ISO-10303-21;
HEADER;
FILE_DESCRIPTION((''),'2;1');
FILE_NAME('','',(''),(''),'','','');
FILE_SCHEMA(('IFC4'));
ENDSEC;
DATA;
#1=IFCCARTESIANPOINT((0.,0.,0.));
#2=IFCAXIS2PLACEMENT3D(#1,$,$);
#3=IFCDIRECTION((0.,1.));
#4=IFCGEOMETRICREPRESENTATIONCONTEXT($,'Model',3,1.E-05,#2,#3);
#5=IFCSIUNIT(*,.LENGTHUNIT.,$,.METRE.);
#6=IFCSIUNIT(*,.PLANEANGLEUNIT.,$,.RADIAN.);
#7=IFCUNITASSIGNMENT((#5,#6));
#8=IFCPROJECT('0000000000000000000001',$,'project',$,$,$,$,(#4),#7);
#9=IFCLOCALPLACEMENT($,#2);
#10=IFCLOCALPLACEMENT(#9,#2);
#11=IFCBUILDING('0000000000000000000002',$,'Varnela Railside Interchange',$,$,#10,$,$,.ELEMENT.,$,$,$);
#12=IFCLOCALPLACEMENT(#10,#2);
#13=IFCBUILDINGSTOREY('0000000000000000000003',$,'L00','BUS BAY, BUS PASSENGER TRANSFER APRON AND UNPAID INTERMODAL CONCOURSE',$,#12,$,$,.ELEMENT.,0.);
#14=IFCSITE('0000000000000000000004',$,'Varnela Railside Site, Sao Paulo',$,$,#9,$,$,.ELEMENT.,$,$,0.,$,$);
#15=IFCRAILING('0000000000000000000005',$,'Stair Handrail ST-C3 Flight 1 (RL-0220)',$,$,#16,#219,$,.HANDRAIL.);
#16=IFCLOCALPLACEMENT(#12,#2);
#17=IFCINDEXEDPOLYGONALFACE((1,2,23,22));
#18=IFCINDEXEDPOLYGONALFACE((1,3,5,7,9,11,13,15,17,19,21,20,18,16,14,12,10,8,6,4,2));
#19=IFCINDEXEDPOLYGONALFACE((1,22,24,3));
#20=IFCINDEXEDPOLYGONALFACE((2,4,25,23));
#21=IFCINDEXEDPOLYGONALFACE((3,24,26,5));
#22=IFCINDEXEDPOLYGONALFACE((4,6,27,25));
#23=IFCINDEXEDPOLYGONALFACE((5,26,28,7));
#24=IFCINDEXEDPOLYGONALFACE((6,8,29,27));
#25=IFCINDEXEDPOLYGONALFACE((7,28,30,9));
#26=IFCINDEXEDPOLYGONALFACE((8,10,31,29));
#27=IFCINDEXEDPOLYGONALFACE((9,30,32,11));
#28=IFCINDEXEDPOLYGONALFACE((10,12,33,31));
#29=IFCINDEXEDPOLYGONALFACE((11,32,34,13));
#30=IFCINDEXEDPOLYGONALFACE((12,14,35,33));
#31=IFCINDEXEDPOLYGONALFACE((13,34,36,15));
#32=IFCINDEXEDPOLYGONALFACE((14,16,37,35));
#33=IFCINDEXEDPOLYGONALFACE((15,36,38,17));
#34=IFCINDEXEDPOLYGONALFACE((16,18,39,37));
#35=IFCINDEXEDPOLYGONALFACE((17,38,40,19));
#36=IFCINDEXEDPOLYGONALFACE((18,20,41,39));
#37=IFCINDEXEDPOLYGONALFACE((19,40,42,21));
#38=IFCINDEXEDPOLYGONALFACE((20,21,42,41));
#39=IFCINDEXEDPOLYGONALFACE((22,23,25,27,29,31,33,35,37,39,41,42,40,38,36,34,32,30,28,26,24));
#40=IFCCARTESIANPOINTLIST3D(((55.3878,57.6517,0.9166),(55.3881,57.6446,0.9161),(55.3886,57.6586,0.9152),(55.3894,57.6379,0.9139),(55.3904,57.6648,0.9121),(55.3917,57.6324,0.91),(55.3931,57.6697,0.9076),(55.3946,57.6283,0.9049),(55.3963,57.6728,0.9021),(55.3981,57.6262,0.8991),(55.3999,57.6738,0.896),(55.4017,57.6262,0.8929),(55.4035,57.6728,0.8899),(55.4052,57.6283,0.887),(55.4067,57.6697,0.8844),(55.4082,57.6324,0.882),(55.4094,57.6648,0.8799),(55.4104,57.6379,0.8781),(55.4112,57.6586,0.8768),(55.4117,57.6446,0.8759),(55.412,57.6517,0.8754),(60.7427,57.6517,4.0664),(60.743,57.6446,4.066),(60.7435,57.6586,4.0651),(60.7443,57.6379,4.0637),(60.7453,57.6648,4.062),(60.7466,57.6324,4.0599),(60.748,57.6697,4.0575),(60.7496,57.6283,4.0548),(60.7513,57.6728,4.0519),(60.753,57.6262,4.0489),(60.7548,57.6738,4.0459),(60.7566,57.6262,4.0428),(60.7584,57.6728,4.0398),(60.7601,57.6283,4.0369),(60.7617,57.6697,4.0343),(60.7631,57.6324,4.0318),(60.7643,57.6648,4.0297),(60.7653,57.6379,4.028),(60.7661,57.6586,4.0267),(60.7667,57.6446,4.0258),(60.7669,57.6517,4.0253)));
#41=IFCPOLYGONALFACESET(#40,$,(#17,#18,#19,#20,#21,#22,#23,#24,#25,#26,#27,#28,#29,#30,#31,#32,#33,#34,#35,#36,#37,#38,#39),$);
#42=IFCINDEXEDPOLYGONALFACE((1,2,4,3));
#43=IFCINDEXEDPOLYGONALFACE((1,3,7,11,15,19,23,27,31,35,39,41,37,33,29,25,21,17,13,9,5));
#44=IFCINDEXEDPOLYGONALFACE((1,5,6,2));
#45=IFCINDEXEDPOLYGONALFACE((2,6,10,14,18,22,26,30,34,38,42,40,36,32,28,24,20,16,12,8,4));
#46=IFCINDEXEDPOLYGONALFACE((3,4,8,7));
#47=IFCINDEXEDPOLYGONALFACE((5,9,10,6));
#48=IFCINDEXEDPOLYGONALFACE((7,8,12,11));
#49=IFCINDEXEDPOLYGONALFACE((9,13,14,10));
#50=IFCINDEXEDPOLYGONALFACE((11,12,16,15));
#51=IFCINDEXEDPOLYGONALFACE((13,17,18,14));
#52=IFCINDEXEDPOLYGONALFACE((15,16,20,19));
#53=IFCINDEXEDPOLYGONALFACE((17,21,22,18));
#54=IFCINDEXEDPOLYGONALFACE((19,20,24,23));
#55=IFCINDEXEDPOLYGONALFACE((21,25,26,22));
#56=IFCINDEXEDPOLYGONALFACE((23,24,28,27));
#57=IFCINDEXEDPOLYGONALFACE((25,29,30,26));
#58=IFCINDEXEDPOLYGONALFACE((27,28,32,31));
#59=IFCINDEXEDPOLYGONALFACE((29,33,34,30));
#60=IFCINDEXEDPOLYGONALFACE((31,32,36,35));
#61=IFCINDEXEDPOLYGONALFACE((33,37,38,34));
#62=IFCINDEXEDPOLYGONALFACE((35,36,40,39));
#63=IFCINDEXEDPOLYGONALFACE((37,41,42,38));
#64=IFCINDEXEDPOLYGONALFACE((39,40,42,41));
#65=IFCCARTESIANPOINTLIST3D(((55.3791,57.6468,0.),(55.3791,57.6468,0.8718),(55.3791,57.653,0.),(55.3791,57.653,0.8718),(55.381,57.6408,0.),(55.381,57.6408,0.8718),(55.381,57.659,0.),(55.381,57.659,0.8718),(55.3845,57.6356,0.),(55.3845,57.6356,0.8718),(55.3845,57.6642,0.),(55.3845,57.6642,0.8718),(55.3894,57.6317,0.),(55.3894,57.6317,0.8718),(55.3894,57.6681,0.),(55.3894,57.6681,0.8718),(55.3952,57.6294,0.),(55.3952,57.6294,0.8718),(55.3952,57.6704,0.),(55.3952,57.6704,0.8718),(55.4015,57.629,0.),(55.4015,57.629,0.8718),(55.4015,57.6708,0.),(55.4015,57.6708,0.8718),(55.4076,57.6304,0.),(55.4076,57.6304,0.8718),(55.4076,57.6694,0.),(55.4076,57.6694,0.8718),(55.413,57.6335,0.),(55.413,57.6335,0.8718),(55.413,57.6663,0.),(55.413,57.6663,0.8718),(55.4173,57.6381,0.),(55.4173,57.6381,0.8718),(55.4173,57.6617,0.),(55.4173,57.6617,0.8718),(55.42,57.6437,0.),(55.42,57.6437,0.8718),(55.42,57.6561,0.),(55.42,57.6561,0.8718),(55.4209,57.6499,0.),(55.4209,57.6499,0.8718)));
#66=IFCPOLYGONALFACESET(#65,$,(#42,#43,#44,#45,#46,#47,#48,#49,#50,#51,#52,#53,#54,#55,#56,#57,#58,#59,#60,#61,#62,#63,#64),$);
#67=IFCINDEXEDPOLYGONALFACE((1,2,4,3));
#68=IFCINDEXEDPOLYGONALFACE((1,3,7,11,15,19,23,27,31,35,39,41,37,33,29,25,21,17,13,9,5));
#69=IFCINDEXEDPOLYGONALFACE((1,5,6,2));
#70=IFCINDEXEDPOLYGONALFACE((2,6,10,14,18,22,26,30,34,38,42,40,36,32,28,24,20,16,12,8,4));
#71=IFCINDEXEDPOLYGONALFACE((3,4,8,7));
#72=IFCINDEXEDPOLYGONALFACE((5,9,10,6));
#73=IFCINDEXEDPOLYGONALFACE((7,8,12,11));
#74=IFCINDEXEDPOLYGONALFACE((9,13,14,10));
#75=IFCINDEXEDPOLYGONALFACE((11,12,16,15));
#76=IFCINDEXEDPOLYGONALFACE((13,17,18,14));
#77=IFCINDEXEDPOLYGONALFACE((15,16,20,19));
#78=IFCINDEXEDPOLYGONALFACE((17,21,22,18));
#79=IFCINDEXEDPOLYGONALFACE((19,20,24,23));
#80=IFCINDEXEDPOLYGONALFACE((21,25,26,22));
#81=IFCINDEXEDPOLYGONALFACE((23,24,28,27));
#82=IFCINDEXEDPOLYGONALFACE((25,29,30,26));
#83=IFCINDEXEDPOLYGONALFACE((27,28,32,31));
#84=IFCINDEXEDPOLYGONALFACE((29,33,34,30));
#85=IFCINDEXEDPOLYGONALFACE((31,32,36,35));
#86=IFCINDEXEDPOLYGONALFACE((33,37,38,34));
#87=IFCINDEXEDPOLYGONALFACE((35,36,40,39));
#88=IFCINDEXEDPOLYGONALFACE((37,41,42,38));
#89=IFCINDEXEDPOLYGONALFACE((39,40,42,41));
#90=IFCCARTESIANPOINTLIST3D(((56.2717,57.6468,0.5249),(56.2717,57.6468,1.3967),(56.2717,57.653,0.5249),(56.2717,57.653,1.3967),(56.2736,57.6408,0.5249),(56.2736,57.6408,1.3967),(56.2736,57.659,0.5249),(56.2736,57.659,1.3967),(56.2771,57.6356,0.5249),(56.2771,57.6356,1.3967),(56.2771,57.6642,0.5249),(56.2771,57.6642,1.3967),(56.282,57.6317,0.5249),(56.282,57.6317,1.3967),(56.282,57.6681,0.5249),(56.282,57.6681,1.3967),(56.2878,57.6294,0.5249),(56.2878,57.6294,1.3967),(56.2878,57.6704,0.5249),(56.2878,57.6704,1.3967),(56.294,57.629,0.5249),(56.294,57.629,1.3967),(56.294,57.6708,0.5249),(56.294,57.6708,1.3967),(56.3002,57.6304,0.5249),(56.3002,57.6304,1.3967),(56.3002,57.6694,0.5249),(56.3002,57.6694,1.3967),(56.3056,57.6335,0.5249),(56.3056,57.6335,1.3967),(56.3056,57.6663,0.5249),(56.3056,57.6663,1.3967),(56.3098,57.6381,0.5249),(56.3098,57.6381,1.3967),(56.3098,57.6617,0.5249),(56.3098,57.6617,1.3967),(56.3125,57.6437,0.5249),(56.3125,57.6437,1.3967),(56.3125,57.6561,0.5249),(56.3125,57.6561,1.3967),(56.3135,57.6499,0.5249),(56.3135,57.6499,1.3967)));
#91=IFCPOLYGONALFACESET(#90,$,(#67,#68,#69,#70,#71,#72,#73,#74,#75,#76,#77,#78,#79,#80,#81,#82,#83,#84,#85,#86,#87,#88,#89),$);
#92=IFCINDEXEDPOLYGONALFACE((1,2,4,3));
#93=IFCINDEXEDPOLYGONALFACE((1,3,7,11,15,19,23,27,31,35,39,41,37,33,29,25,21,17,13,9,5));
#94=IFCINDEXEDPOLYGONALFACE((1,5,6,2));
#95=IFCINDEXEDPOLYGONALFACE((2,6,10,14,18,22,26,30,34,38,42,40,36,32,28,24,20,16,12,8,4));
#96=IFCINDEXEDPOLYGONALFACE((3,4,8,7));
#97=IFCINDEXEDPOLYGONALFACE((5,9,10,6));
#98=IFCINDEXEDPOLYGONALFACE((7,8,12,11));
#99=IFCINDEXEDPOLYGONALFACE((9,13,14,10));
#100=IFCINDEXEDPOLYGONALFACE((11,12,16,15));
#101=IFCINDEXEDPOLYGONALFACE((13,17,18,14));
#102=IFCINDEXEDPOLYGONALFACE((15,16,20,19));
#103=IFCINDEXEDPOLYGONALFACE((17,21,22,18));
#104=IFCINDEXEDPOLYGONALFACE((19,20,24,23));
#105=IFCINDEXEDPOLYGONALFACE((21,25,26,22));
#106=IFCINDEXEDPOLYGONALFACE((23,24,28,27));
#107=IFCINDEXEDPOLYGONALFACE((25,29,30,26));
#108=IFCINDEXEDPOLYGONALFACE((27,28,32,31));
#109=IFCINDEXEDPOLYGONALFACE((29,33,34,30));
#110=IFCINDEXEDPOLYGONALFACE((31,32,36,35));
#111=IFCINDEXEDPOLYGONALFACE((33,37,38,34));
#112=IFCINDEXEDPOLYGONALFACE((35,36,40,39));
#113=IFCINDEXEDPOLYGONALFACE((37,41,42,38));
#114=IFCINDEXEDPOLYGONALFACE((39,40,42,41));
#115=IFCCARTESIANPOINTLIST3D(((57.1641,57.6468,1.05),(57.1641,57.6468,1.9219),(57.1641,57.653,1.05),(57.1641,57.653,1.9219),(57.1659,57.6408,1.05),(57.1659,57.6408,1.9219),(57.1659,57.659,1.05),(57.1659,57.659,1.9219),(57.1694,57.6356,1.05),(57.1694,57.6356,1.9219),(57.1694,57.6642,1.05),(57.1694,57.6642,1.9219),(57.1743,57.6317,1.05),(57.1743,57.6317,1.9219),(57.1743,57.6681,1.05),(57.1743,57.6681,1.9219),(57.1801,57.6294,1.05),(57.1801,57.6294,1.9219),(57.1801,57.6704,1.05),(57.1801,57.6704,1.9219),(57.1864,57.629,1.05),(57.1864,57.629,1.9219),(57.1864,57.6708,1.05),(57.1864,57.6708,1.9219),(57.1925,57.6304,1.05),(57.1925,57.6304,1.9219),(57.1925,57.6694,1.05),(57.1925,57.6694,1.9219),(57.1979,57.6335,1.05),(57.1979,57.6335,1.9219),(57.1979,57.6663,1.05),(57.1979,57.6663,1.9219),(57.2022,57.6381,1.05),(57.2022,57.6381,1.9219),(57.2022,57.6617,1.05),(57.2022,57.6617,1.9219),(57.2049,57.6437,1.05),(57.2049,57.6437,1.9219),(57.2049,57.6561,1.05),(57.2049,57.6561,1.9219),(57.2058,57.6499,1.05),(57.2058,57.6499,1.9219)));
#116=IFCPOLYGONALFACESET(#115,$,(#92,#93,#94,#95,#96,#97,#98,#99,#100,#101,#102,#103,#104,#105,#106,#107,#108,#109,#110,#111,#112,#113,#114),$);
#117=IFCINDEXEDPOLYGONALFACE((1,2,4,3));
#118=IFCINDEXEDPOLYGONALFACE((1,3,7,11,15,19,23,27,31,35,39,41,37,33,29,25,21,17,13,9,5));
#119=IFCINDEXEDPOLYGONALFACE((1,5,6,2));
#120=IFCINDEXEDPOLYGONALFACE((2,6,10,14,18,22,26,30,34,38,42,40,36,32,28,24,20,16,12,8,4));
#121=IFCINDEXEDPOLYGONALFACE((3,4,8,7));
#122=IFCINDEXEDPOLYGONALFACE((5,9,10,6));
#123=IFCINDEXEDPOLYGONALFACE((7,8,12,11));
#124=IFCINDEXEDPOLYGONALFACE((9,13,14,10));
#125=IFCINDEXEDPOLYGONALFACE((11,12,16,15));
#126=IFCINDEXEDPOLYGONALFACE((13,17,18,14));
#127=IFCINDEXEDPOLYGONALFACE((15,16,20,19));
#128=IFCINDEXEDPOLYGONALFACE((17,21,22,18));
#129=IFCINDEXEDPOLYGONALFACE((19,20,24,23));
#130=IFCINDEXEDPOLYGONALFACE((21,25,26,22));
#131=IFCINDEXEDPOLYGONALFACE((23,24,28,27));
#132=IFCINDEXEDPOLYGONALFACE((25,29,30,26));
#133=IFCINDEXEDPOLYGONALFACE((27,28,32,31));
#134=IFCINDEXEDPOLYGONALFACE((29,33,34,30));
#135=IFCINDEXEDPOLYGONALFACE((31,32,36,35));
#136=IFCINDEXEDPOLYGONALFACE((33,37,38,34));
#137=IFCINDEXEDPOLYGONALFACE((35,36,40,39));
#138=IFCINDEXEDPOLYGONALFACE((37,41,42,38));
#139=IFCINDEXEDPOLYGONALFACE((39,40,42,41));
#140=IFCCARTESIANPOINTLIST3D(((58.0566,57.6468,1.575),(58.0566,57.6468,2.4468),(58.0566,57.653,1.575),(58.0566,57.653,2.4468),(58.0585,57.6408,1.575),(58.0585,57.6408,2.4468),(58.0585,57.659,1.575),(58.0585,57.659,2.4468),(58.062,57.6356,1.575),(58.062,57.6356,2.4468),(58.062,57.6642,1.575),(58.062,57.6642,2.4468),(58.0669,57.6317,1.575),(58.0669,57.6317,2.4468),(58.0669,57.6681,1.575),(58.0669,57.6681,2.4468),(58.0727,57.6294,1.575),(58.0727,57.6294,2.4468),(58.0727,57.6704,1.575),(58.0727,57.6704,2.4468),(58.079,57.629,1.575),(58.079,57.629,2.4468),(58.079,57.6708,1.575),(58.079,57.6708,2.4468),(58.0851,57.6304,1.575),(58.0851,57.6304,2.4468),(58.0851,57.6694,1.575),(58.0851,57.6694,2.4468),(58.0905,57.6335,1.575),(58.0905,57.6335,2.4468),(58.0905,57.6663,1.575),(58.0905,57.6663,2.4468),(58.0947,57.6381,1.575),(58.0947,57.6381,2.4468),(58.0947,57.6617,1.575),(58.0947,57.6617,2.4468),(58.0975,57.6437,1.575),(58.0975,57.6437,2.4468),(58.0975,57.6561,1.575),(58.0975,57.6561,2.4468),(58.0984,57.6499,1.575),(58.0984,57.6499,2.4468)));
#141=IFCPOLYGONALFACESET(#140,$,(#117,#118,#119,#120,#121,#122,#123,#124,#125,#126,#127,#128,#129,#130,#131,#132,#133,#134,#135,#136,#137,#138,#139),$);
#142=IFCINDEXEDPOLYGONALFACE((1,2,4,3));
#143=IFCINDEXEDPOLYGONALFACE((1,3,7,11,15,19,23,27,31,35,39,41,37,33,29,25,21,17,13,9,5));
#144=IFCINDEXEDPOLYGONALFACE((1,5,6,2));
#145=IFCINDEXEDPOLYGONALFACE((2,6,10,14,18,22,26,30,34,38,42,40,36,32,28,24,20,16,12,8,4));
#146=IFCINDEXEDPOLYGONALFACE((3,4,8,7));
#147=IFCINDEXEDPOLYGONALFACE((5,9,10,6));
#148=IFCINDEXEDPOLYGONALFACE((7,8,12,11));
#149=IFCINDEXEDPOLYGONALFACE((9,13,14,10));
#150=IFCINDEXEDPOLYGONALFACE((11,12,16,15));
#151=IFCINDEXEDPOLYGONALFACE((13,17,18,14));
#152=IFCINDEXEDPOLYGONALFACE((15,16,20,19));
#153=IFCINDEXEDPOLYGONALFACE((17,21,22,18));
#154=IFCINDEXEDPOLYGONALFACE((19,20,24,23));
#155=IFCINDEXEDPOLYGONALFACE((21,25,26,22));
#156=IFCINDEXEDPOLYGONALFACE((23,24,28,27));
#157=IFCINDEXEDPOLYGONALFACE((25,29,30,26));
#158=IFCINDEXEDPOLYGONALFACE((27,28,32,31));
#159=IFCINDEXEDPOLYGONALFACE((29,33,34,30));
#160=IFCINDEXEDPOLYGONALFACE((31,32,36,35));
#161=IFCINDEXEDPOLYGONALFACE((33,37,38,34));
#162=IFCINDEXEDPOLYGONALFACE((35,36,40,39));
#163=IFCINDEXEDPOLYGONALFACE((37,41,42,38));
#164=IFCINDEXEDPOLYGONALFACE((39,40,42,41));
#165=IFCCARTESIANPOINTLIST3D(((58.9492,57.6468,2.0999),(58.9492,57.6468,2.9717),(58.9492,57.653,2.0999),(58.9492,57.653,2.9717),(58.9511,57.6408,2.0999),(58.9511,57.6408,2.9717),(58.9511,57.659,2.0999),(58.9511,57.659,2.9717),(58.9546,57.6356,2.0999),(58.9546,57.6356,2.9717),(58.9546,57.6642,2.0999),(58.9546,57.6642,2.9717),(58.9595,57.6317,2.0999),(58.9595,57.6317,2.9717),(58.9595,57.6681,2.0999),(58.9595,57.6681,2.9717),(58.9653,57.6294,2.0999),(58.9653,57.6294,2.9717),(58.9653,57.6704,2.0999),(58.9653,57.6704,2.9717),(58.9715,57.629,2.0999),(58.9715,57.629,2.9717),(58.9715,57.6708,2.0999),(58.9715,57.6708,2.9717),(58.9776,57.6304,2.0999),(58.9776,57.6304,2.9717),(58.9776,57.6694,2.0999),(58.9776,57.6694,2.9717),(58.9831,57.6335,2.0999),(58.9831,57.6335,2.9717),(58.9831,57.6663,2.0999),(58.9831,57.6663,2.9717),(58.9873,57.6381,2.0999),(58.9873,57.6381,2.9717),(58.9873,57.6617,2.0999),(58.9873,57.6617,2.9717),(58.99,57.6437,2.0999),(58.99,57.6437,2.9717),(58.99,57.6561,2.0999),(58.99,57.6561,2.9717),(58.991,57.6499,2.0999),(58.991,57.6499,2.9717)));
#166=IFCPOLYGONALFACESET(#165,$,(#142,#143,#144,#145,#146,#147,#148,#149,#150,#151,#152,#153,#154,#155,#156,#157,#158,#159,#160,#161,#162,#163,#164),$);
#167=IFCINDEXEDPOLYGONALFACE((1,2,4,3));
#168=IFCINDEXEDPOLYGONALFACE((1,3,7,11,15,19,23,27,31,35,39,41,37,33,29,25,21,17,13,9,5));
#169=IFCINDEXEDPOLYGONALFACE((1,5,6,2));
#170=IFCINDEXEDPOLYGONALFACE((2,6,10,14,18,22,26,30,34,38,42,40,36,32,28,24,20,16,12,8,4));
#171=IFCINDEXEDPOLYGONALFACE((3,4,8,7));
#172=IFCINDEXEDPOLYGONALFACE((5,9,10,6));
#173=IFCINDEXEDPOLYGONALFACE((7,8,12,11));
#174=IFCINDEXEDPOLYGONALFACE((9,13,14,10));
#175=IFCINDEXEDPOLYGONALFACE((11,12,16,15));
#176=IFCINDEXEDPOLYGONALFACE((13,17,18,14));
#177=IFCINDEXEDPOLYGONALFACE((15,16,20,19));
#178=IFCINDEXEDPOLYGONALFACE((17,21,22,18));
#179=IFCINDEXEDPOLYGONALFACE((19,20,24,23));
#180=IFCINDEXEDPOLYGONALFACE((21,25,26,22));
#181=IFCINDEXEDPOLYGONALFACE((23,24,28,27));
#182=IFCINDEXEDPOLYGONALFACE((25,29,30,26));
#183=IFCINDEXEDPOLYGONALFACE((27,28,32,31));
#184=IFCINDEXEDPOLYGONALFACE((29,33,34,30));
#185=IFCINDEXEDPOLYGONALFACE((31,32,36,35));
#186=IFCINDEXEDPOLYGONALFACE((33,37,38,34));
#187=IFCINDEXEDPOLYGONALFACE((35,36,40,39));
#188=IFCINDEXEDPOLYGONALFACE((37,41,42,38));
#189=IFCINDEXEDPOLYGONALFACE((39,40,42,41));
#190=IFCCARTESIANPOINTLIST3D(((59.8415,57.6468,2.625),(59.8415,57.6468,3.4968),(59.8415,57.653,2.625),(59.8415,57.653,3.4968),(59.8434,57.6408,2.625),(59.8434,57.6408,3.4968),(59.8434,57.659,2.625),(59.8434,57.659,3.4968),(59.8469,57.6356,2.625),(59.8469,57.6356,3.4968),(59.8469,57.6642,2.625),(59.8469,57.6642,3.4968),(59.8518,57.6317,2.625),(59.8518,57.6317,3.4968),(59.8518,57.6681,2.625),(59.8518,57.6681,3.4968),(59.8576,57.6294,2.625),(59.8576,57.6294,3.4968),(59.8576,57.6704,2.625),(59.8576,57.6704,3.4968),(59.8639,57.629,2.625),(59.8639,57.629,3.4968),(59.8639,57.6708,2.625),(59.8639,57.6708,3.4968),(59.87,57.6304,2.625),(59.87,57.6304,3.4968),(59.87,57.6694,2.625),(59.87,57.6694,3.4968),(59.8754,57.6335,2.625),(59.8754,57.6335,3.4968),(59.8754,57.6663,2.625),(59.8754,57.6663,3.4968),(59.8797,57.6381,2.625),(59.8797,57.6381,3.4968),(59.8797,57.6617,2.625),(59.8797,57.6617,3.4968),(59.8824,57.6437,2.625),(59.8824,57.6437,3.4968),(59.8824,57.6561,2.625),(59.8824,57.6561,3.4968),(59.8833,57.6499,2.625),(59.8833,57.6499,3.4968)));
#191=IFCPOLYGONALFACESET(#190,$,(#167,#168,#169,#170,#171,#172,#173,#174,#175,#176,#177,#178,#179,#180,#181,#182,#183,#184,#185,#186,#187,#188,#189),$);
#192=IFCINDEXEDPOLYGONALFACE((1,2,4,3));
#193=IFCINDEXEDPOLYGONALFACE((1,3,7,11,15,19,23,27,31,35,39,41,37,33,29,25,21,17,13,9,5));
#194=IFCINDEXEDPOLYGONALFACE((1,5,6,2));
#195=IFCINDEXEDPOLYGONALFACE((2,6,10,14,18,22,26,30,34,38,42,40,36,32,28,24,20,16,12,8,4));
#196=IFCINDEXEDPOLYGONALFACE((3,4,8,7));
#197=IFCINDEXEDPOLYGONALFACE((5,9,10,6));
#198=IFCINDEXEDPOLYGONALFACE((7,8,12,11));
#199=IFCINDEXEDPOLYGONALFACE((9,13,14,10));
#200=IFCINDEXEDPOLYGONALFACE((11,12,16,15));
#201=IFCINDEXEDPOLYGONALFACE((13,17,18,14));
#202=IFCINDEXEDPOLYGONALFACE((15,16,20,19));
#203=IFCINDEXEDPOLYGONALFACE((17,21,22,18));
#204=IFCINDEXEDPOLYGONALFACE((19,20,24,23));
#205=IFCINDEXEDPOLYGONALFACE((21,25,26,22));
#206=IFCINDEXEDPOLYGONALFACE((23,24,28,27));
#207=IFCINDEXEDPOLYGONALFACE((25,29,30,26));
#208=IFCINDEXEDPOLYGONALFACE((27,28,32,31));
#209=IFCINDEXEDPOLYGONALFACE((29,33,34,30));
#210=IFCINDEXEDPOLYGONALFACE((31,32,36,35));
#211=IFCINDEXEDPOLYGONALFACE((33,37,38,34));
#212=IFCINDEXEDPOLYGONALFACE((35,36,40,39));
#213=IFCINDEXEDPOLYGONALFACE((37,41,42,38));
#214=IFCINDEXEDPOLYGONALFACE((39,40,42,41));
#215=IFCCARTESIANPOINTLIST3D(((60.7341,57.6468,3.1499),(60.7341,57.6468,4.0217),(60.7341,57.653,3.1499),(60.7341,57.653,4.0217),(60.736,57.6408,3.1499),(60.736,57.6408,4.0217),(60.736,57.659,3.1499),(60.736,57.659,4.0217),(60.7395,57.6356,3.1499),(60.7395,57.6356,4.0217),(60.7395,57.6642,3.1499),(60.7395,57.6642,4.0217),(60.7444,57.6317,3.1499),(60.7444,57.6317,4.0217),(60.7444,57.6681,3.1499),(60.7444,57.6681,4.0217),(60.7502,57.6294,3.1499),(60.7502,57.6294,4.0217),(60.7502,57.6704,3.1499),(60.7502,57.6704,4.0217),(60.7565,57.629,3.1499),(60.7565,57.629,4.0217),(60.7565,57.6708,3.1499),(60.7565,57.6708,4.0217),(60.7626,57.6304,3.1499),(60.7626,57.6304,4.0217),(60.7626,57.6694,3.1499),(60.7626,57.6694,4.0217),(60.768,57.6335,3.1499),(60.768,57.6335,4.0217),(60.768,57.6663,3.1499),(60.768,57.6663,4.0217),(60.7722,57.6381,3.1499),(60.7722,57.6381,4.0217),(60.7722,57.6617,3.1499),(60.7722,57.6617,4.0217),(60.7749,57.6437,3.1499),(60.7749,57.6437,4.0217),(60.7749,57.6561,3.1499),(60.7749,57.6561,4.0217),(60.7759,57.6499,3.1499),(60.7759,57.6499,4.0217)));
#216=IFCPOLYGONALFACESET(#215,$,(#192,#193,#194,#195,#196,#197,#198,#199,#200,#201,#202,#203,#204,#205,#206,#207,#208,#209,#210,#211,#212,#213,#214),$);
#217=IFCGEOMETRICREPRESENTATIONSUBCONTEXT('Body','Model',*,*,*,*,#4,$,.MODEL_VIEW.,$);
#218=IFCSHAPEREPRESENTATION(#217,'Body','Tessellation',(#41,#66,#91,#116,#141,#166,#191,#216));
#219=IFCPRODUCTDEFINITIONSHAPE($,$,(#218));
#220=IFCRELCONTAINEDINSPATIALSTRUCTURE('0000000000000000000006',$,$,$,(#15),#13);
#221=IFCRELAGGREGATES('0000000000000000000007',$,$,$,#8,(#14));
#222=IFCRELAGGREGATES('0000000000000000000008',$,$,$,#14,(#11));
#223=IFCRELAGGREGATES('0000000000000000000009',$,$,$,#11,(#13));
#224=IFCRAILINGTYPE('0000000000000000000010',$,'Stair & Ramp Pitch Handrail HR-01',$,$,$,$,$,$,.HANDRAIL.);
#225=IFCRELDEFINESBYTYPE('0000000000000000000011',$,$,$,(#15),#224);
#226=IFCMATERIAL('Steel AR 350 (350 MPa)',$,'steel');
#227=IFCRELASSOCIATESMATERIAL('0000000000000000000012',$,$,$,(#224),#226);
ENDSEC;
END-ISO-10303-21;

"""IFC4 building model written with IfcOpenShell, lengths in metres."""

from ifc_helpers import new_model, si_unit, direction, frame, origin, origin_2d, place, context, subcontext, project, spatial, circle, extrude, material, type_object, element, save


model = new_model("IFC4")

# Units and contexts
model_context = context("Model", 3, precision=1e-05, world=origin(), true_north=direction((0.0, 1.0)))
body_context = subcontext(model_context, "Body", "Model", "MODEL_VIEW")
ifc_project = project(units=[si_unit("LENGTHUNIT", "METRE"), si_unit("PLANEANGLEUNIT", "RADIAN")], contexts=[model_context])

# Site, building, storey
site_placement = place(None, origin())
site = spatial("IfcSite", under=ifc_project, at=site_placement, Name="Varnela Railside Site, Sao Paulo", CompositionType="ELEMENT", RefElevation=0.0)
building_placement = place(site_placement, origin())
building = spatial("IfcBuilding", under=site, at=building_placement, Name="Varnela Railside Interchange", CompositionType="ELEMENT")
storey_placement = place(building_placement, origin())
storey = spatial("IfcBuildingStorey", under=building, at=storey_placement, Name="L00", Description="BUS BAY, BUS PASSENGER TRANSFER APRON AND UNPAID INTERMODAL CONCOURSE", CompositionType="ELEMENT", Elevation=0.0)

# Shared definitions
ifc_material_1 = material(Name="Steel AR 350 (350 MPa)", Category="steel")

# Railing
railing_type_1 = type_object("IfcRailingType", Name="Stair & Ramp Pitch Handrail HR-01", PredefinedType="HANDRAIL", material=ifc_material_1)
railing_1_placement = place(storey_placement, frame((55.3999, 57.6499, 0.0)))
element("IfcRailing", 1, at=railing_1_placement, inside=storey, type_object=railing_type_1, Name="Stair Handrail ST-C3 Flight 1 (RL-0220)", PredefinedType="HANDRAIL", context=body_context, shape_type="SweptSolid", body=[
    extrude(circle(Radius=0.0239, at=origin_2d()), frame((0.0, 0.0, 0.896), z_axis=(0.86194, 0.0, 0.50701), x_axis=(0.0, 1.0, 0.0)), (0.0, 0.0, 1.0), 6.2126),
    extrude(circle(Radius=0.021, at=origin_2d()), origin(), (0.0, 0.0, 1.0), 0.8718),
    extrude(circle(Radius=0.021, at=origin_2d()), frame((0.8926, 0.0, 0.5249)), (0.0, 0.0, 1.0), 0.8718),
    extrude(circle(Radius=0.021, at=origin_2d()), frame((1.7849, 0.0, 1.05)), (0.0, 0.0, 1.0), 0.8718),
    extrude(circle(Radius=0.021, at=origin_2d()), frame((2.6775, 0.0, 1.575)), (0.0, 0.0, 1.0), 0.8718),
    extrude(circle(Radius=0.021, at=origin_2d()), frame((3.5701, 0.0, 2.0999)), (0.0, 0.0, 1.0), 0.8718),
    extrude(circle(Radius=0.021, at=origin_2d()), frame((4.4624, 0.0, 2.625)), (0.0, 0.0, 1.0), 0.8718),
    extrude(circle(Radius=0.021, at=origin_2d()), frame((5.355, 0.0, 3.1499)), (0.0, 0.0, 1.0), 0.8718),
])

save(model, "model.ifc")
